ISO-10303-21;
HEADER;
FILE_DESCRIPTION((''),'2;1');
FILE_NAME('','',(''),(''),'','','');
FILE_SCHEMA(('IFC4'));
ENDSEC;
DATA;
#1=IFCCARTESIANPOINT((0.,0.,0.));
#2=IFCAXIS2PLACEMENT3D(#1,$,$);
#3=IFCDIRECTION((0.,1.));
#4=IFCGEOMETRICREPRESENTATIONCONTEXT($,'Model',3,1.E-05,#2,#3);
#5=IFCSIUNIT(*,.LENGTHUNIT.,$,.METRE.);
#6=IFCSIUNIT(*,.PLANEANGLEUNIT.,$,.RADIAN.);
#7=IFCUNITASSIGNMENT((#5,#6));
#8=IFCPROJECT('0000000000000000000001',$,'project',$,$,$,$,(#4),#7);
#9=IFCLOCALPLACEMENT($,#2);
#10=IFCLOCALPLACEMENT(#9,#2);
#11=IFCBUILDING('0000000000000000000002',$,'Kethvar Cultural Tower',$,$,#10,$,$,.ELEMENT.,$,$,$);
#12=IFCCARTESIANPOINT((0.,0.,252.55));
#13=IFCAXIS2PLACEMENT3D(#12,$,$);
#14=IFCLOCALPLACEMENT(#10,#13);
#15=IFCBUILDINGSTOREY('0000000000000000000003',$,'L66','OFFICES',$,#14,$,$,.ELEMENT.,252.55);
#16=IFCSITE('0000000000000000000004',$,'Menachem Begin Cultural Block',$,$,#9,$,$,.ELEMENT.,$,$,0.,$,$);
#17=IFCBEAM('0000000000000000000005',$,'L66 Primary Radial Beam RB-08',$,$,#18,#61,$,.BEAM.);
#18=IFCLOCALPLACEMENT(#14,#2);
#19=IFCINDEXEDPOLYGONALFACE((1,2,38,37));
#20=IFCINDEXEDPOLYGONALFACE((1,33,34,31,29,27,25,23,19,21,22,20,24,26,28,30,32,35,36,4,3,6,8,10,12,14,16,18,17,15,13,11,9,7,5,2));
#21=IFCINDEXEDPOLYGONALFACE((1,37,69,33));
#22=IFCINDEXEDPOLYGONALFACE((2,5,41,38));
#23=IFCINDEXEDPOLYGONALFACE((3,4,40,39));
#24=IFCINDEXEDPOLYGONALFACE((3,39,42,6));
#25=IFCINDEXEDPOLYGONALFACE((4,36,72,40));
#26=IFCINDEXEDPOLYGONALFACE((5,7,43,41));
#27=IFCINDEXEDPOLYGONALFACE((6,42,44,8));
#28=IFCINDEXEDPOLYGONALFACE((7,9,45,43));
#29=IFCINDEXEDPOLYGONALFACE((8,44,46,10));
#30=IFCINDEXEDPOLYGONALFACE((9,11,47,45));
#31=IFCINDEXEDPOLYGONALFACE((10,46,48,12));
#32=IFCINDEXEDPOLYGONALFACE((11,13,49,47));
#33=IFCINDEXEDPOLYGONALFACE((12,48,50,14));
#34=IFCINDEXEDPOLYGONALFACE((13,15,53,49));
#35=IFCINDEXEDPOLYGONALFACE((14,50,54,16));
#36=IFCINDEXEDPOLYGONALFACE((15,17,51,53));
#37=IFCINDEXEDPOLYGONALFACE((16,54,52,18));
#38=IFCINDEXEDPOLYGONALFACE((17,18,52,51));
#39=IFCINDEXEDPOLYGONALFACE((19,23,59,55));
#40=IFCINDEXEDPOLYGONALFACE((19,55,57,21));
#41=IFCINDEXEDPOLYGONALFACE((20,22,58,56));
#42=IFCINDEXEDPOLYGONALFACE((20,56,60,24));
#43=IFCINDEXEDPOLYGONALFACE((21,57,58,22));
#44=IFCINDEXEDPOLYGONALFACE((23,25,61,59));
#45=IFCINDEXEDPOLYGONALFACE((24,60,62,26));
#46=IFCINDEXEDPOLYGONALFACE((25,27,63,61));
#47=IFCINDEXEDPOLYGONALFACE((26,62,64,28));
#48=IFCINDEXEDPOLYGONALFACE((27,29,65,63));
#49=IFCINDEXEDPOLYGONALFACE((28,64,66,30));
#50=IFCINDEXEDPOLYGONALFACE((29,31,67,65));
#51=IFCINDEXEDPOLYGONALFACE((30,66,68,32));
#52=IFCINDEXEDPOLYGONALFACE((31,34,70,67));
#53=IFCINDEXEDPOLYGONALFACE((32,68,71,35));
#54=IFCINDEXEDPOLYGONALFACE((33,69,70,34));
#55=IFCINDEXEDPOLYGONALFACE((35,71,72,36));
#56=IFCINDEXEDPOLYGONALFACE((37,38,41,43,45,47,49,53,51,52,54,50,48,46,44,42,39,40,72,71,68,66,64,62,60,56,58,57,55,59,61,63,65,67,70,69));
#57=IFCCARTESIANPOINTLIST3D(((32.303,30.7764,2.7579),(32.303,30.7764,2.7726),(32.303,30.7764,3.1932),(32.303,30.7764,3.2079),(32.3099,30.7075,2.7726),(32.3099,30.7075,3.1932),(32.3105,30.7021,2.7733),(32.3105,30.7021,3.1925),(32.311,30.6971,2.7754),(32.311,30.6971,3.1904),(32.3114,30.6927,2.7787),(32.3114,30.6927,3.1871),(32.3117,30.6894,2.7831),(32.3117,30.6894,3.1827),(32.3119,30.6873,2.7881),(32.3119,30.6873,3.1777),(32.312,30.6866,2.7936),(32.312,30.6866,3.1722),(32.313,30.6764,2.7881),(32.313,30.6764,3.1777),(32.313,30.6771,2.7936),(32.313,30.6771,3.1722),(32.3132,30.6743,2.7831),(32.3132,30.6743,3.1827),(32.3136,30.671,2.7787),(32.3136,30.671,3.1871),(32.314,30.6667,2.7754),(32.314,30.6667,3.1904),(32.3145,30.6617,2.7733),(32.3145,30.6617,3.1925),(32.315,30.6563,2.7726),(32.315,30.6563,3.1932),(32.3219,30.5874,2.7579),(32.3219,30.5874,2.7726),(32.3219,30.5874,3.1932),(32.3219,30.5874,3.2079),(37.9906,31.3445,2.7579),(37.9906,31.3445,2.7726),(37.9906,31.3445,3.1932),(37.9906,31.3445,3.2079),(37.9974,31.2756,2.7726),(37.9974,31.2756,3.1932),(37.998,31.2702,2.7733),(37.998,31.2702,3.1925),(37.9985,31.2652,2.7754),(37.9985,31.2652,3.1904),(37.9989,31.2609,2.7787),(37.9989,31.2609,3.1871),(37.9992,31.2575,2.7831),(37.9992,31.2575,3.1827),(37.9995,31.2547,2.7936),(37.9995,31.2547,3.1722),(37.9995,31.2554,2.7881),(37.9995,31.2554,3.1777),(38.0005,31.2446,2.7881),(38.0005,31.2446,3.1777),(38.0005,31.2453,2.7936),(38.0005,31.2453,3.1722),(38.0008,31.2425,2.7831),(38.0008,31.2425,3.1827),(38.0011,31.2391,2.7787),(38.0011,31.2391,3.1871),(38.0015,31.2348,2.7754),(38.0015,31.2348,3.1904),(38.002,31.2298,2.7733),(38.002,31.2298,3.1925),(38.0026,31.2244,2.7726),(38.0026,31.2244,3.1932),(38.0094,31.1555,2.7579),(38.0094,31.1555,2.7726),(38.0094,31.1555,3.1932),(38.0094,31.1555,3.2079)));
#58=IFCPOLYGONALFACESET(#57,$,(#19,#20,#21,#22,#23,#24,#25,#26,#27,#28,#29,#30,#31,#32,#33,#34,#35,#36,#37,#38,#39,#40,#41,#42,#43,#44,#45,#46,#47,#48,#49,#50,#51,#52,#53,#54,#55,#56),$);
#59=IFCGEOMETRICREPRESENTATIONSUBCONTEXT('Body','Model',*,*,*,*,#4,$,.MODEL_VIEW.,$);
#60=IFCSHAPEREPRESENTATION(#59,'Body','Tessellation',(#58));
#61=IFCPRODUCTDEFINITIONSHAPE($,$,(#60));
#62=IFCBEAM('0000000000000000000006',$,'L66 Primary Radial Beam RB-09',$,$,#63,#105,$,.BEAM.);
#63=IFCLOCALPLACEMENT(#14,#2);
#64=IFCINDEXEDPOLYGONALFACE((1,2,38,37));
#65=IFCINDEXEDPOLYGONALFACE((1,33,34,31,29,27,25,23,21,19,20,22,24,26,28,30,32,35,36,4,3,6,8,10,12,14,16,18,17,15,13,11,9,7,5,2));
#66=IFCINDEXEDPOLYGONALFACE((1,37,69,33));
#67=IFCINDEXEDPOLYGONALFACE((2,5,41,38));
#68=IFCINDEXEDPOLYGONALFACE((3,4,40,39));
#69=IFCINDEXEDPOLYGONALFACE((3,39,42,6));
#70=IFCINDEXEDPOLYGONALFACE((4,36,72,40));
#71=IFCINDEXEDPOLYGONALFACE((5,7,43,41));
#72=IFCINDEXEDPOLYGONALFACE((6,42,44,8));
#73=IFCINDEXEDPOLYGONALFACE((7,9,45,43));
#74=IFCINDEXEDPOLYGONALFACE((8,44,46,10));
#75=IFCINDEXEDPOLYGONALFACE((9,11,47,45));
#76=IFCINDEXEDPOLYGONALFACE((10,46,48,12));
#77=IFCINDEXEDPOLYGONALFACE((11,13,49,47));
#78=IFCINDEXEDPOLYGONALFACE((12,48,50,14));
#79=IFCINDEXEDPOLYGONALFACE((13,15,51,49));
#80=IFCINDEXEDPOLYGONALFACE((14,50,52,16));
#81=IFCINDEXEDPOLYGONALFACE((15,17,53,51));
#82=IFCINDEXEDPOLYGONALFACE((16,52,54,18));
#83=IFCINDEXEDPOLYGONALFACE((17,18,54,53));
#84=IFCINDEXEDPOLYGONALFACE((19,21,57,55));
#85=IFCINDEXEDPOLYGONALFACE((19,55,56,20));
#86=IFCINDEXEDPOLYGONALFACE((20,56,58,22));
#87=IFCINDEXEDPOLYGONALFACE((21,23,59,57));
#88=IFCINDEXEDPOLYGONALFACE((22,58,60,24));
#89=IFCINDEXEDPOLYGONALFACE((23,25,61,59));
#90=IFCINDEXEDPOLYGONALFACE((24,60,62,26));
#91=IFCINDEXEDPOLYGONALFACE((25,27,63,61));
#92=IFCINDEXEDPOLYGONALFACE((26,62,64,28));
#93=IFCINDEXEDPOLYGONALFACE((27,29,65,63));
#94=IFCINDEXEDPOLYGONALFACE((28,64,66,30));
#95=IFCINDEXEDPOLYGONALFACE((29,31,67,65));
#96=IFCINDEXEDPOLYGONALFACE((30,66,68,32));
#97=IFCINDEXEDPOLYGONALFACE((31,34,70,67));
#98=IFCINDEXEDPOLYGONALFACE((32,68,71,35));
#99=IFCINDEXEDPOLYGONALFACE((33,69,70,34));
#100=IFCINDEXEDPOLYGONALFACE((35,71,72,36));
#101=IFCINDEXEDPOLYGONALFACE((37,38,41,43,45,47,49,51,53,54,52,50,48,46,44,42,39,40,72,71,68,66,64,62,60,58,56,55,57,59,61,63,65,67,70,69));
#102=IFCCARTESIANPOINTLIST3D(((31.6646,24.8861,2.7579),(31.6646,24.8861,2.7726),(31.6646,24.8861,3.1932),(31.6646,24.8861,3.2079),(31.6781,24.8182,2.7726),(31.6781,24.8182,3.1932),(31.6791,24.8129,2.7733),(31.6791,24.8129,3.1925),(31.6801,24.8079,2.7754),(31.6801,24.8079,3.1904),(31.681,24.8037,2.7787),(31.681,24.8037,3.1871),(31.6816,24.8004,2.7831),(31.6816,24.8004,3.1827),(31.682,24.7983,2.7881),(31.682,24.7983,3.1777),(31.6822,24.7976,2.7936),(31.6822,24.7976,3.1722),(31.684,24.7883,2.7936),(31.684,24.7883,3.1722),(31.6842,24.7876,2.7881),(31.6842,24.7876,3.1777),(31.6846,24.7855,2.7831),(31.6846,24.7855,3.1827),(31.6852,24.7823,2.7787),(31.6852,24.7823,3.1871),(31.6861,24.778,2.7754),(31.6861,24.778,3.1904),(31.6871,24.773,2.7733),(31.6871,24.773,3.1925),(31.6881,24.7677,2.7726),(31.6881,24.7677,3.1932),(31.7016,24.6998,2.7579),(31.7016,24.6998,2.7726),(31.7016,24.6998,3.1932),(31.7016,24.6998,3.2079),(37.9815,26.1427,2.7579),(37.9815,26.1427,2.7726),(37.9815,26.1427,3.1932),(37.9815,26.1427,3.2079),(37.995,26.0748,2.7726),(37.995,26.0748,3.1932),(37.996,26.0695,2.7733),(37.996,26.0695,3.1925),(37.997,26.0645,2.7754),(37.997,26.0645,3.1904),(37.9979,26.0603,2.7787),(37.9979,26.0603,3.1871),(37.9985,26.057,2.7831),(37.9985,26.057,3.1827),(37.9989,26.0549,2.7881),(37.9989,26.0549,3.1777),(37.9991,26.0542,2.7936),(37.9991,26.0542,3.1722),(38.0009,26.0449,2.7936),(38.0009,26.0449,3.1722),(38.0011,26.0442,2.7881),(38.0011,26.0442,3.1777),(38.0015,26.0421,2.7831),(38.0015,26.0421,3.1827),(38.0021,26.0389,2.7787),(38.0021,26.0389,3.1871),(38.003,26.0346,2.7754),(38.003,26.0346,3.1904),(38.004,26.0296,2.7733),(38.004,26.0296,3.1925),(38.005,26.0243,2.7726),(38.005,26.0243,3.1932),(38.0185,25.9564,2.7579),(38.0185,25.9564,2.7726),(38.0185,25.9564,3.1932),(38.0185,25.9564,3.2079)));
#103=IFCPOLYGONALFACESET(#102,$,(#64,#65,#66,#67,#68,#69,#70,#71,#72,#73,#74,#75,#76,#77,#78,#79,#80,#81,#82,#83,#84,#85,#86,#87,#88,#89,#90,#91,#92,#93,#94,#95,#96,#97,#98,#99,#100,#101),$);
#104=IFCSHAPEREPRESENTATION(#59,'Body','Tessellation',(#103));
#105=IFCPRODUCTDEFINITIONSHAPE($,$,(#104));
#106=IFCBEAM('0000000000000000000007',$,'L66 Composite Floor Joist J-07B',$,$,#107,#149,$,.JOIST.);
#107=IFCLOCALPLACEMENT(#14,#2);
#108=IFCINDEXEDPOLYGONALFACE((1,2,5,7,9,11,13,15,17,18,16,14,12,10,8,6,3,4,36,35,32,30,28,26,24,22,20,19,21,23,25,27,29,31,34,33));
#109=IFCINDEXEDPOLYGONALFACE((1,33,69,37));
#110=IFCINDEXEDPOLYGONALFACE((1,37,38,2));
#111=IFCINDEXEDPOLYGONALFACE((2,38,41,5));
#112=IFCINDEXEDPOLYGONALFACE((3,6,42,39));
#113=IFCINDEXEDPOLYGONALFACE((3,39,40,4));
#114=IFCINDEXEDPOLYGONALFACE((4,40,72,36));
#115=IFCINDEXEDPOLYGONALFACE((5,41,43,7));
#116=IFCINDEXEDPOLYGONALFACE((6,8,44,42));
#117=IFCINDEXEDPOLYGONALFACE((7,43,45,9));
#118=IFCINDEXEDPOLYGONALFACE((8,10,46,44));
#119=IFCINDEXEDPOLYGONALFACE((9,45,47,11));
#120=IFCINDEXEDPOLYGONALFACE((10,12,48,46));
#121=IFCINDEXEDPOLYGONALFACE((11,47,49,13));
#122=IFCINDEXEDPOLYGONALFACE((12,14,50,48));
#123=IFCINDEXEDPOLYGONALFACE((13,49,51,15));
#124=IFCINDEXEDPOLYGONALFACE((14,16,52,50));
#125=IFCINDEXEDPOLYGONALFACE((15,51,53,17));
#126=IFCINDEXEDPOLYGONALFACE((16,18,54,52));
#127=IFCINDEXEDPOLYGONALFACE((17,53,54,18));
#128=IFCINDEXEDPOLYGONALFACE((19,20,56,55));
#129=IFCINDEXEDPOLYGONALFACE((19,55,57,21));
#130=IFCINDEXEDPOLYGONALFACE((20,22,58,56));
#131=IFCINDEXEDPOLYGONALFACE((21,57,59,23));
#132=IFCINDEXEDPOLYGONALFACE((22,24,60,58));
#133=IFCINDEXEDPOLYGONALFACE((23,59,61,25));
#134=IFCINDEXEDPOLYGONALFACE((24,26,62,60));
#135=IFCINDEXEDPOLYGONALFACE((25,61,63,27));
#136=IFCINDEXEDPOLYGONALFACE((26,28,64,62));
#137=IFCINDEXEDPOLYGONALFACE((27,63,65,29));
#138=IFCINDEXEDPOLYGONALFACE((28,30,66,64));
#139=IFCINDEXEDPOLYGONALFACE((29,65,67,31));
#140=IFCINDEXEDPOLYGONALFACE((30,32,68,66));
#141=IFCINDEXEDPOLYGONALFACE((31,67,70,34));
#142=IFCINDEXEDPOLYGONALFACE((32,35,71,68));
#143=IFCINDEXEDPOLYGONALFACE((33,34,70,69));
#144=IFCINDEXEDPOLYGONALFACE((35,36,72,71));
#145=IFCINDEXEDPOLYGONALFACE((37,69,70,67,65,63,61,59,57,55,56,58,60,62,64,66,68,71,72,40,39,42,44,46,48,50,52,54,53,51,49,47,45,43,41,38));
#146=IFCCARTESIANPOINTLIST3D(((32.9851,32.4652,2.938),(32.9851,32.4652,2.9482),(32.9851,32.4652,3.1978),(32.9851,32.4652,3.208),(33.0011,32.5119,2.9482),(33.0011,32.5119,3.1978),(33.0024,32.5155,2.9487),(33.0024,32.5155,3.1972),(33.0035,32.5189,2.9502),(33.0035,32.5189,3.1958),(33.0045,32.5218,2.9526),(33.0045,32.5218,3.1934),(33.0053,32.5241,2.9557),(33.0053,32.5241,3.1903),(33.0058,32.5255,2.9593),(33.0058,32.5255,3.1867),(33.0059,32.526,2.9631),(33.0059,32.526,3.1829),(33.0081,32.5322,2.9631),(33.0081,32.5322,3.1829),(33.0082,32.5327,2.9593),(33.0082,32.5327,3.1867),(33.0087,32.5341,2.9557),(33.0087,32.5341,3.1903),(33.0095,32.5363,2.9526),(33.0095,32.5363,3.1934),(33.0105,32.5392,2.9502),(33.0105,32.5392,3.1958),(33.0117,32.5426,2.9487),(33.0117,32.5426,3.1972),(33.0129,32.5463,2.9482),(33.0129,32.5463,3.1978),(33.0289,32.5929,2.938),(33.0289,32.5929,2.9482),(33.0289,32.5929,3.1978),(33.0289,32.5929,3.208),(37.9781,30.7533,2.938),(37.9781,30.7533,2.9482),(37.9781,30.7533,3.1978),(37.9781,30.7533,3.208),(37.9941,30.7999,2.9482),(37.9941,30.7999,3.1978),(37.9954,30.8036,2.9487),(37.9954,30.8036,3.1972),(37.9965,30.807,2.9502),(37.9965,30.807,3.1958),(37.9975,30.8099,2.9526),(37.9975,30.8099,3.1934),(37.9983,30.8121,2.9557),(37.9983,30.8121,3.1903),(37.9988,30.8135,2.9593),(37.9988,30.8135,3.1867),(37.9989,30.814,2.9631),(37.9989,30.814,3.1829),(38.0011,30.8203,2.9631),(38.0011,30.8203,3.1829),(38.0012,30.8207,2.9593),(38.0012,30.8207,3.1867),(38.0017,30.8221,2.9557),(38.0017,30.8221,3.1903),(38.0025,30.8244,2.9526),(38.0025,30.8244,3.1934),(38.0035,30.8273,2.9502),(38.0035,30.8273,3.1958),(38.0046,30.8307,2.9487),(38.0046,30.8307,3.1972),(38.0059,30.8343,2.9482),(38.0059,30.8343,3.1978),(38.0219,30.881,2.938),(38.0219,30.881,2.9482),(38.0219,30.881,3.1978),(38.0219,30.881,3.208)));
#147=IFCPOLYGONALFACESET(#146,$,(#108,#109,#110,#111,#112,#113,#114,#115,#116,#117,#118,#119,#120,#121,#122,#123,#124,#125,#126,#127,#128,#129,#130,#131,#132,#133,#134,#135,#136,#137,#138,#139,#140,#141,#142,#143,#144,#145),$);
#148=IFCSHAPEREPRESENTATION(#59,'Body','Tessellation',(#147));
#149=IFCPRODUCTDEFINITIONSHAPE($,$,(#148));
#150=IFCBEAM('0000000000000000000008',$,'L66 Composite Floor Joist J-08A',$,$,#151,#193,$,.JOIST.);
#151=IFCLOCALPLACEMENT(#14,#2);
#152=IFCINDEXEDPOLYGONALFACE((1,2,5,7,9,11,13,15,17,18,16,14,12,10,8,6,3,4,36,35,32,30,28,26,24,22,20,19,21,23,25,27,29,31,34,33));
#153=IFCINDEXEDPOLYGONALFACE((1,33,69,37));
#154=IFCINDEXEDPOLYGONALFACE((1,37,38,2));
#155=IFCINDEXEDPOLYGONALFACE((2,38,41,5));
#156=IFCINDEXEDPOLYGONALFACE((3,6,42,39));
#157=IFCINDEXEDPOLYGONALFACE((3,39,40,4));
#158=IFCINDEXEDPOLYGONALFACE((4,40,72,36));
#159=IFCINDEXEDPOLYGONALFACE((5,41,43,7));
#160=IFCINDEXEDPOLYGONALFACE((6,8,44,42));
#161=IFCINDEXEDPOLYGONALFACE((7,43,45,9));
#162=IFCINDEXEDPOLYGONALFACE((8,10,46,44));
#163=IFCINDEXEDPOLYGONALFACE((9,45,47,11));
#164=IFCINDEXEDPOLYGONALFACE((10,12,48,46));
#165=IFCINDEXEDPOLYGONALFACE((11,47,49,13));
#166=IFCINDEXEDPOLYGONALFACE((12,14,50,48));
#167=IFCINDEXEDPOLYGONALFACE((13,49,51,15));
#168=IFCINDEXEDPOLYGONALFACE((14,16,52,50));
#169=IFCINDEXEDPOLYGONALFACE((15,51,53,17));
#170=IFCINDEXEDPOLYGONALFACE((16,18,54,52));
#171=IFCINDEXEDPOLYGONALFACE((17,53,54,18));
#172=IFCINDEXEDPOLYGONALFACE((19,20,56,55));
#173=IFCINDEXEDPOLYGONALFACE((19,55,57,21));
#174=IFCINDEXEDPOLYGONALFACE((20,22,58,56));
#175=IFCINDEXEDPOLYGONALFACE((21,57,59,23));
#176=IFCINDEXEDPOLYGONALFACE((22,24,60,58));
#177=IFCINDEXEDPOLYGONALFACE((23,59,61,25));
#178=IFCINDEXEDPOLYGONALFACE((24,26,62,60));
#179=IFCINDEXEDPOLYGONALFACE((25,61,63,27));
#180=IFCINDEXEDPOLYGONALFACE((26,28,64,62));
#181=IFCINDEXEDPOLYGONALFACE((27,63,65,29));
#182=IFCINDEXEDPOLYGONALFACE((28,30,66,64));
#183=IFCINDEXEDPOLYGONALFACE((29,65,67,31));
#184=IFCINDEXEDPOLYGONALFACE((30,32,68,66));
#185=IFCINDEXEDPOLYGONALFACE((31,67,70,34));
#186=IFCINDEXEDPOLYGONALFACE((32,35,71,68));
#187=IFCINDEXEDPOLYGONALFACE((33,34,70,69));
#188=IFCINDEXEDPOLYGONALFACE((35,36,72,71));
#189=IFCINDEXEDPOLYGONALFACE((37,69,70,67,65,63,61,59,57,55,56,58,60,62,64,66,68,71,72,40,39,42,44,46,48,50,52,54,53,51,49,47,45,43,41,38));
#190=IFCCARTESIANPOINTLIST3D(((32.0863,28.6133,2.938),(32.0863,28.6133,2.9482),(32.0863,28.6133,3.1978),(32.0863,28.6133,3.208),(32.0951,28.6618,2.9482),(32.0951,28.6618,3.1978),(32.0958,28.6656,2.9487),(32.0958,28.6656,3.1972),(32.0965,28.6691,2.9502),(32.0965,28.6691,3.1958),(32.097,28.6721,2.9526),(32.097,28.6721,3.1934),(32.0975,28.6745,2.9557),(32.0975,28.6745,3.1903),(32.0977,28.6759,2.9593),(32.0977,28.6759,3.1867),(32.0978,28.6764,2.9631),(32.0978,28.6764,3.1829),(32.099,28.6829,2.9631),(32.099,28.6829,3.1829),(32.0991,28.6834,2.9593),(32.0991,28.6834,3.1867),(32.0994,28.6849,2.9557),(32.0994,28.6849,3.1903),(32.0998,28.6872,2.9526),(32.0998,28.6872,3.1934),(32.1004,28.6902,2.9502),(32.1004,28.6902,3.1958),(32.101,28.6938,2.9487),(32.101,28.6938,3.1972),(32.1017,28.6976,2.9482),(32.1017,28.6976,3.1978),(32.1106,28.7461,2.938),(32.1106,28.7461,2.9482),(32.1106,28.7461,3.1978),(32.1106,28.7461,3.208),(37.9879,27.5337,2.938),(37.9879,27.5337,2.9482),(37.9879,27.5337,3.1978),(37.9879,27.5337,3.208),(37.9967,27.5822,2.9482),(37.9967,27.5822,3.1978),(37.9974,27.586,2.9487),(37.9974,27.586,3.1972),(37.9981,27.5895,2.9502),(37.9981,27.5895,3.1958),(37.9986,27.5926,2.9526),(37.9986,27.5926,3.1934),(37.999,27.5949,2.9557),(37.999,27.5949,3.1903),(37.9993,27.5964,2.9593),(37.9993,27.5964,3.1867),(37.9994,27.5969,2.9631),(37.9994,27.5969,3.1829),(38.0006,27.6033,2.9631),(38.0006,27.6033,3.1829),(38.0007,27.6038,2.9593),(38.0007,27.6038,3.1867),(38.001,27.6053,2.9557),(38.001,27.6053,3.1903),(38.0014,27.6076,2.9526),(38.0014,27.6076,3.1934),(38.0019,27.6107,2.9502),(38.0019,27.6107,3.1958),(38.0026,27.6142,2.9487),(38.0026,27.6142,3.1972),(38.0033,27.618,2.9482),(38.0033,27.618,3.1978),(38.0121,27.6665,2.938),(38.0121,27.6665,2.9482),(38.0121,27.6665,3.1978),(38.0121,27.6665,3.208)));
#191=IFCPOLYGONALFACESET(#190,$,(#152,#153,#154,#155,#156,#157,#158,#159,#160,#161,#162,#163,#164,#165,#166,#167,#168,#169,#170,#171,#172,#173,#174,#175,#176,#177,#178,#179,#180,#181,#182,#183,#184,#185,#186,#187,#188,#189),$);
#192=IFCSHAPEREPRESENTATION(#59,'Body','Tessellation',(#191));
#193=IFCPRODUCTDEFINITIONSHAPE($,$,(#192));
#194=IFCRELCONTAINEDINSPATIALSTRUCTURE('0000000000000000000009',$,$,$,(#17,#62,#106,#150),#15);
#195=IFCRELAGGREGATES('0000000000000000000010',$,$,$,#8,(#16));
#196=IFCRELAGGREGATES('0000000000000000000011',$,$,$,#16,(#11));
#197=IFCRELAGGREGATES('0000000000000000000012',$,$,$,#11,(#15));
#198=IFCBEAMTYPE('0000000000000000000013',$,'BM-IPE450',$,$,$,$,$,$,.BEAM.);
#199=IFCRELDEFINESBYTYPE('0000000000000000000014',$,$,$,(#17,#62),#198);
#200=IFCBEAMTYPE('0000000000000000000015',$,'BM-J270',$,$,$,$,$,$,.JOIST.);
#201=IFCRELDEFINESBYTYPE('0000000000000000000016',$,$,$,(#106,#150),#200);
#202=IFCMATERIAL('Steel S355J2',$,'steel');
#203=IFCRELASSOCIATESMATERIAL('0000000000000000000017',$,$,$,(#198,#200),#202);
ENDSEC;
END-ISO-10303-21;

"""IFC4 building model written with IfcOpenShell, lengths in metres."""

from ifc_helpers import new_model, si_unit, direction, frame, origin, origin_2d, place, context, subcontext, project, spatial, i_section, extrude, source, transform, mapped, material, material_profile, profile_set, type_object, element, save


model = new_model("IFC4")

# Units and contexts
model_context = context("Model", 3, precision=1e-05, world=origin(), true_north=direction((0.0, 1.0)))
body_context = subcontext(model_context, "Body", "Model", "MODEL_VIEW")
ifc_project = project(units=[si_unit("LENGTHUNIT", "METRE"), si_unit("PLANEANGLEUNIT", "RADIAN")], contexts=[model_context])

# Site, building, storey
site_placement = place(None, origin())
site = spatial("IfcSite", under=ifc_project, at=site_placement, Name="Menachem Begin Cultural Block", CompositionType="ELEMENT", RefElevation=0.0)
building_placement = place(site_placement, origin())
building = spatial("IfcBuilding", under=site, at=building_placement, Name="Kethvar Cultural Tower", CompositionType="ELEMENT")
storey_placement = place(building_placement, frame((0.0, 0.0, 252.55)))
storey = spatial("IfcBuildingStorey", under=building, at=storey_placement, Name="L66", Description="OFFICES", CompositionType="ELEMENT", Elevation=252.55)

# Beams
ifc_material_1 = material(Name="Steel S355J2", Category="steel")
ifc_material_profile_1 = material_profile(ifc_material_1, i_section(OverallWidth=0.1899, OverallDepth=0.45, WebThickness=0.0095, FlangeThickness=0.0146, FilletRadius=0.021, at=origin_2d()), Name="Steel S355J2 — IPE450")
ifc_profile_set_1 = profile_set([ifc_material_profile_1], Name="Steel S355J2 — IPE450")
beam_type_1 = type_object("IfcBeamType", Name="BM-IPE450", PredefinedType="BEAM", material=ifc_profile_set_1)
shared_shape_1 = source(origin(), body_context, "Body", "SweptSolid", [
    extrude(i_section(OverallWidth=0.1899, OverallDepth=0.45, WebThickness=0.0095, FlangeThickness=0.0146, FilletRadius=0.021, at=origin_2d()), origin(), (0.0, 0.0, 1.0), 5.7158),
])
beam_1_placement = place(storey_placement, frame((38.0, 31.25, 2.9829), z_axis=(-0.995048, -0.099394, 0.0), x_axis=(0.099394, -0.995048, 0.0)))
element("IfcBeam", 1, at=beam_1_placement, inside=storey, type_object=beam_type_1, Name="L66 Primary Radial Beam RB-08", PredefinedType="BEAM", context=body_context, shape_type="MappedRepresentation", body=[
    mapped(shared_shape_1, transform((0.0, 0.0, 0.0), scale=1.0)),
])
shared_shape_2 = source(origin(), body_context, "Body", "SweptSolid", [
    extrude(i_section(OverallWidth=0.1899, OverallDepth=0.45, WebThickness=0.0095, FlangeThickness=0.0146, FilletRadius=0.021, at=origin_2d()), origin(), (0.0, 0.0, 1.0), 6.4407),
])
beam_2_placement = place(storey_placement, frame((38.0, 26.0496, 2.9829), z_axis=(-0.980783, -0.195103, 0.0), x_axis=(0.195103, -0.980783, 0.0)))
element("IfcBeam", 2, at=beam_2_placement, inside=storey, type_object=beam_type_1, Name="L66 Primary Radial Beam RB-09", PredefinedType="BEAM", context=body_context, shape_type="MappedRepresentation", body=[
    mapped(shared_shape_2, transform((0.0, 0.0, 0.0), scale=1.0)),
])
ifc_material_profile_2 = material_profile(ifc_material_1, i_section(OverallWidth=0.135, OverallDepth=0.27, WebThickness=0.0066, FlangeThickness=0.0103, FilletRadius=0.0149, at=origin_2d()), Name="Steel S355J2 — IPE270")
ifc_profile_set_2 = profile_set([ifc_material_profile_2], Name="Steel S355J2 — IPE270")
beam_type_2 = type_object("IfcBeamType", Name="BM-J270", PredefinedType="JOIST", material=ifc_profile_set_2)
shared_shape_3 = source(origin(), body_context, "Body", "SweptSolid", [
    extrude(i_section(OverallWidth=0.135, OverallDepth=0.27, WebThickness=0.0066, FlangeThickness=0.0103, FilletRadius=0.0149, at=origin_2d()), origin(), (0.0, 0.0, 1.0), 5.2783),
])
beam_3_placement = place(storey_placement, frame((38.0, 30.8171, 3.073), z_axis=(-0.945943, 0.324334, 0.0), x_axis=(-0.324334, -0.945943, 0.0)))
element("IfcBeam", 3, at=beam_3_placement, inside=storey, type_object=beam_type_2, Name="L66 Composite Floor Joist J-07B", PredefinedType="JOIST", context=body_context, shape_type="MappedRepresentation", body=[
    mapped(shared_shape_3, transform((0.0, 0.0, 0.0), scale=1.0)),
])
shared_shape_4 = source(origin(), body_context, "Body", "SweptSolid", [
    extrude(i_section(OverallWidth=0.135, OverallDepth=0.27, WebThickness=0.0066, FlangeThickness=0.0103, FilletRadius=0.0149, at=origin_2d()), origin(), (0.0, 0.0, 1.0), 5.9995),
])
beam_4_placement = place(storey_placement, frame((38.0, 27.6001, 3.073), z_axis=(-0.983677, 0.179945, 0.0), x_axis=(-0.179945, -0.983677, 0.0)))
element("IfcBeam", 4, at=beam_4_placement, inside=storey, type_object=beam_type_2, Name="L66 Composite Floor Joist J-08A", PredefinedType="JOIST", context=body_context, shape_type="MappedRepresentation", body=[
    mapped(shared_shape_4, transform((0.0, 0.0, 0.0), scale=1.0)),
])

save(model, "model.ifc")
